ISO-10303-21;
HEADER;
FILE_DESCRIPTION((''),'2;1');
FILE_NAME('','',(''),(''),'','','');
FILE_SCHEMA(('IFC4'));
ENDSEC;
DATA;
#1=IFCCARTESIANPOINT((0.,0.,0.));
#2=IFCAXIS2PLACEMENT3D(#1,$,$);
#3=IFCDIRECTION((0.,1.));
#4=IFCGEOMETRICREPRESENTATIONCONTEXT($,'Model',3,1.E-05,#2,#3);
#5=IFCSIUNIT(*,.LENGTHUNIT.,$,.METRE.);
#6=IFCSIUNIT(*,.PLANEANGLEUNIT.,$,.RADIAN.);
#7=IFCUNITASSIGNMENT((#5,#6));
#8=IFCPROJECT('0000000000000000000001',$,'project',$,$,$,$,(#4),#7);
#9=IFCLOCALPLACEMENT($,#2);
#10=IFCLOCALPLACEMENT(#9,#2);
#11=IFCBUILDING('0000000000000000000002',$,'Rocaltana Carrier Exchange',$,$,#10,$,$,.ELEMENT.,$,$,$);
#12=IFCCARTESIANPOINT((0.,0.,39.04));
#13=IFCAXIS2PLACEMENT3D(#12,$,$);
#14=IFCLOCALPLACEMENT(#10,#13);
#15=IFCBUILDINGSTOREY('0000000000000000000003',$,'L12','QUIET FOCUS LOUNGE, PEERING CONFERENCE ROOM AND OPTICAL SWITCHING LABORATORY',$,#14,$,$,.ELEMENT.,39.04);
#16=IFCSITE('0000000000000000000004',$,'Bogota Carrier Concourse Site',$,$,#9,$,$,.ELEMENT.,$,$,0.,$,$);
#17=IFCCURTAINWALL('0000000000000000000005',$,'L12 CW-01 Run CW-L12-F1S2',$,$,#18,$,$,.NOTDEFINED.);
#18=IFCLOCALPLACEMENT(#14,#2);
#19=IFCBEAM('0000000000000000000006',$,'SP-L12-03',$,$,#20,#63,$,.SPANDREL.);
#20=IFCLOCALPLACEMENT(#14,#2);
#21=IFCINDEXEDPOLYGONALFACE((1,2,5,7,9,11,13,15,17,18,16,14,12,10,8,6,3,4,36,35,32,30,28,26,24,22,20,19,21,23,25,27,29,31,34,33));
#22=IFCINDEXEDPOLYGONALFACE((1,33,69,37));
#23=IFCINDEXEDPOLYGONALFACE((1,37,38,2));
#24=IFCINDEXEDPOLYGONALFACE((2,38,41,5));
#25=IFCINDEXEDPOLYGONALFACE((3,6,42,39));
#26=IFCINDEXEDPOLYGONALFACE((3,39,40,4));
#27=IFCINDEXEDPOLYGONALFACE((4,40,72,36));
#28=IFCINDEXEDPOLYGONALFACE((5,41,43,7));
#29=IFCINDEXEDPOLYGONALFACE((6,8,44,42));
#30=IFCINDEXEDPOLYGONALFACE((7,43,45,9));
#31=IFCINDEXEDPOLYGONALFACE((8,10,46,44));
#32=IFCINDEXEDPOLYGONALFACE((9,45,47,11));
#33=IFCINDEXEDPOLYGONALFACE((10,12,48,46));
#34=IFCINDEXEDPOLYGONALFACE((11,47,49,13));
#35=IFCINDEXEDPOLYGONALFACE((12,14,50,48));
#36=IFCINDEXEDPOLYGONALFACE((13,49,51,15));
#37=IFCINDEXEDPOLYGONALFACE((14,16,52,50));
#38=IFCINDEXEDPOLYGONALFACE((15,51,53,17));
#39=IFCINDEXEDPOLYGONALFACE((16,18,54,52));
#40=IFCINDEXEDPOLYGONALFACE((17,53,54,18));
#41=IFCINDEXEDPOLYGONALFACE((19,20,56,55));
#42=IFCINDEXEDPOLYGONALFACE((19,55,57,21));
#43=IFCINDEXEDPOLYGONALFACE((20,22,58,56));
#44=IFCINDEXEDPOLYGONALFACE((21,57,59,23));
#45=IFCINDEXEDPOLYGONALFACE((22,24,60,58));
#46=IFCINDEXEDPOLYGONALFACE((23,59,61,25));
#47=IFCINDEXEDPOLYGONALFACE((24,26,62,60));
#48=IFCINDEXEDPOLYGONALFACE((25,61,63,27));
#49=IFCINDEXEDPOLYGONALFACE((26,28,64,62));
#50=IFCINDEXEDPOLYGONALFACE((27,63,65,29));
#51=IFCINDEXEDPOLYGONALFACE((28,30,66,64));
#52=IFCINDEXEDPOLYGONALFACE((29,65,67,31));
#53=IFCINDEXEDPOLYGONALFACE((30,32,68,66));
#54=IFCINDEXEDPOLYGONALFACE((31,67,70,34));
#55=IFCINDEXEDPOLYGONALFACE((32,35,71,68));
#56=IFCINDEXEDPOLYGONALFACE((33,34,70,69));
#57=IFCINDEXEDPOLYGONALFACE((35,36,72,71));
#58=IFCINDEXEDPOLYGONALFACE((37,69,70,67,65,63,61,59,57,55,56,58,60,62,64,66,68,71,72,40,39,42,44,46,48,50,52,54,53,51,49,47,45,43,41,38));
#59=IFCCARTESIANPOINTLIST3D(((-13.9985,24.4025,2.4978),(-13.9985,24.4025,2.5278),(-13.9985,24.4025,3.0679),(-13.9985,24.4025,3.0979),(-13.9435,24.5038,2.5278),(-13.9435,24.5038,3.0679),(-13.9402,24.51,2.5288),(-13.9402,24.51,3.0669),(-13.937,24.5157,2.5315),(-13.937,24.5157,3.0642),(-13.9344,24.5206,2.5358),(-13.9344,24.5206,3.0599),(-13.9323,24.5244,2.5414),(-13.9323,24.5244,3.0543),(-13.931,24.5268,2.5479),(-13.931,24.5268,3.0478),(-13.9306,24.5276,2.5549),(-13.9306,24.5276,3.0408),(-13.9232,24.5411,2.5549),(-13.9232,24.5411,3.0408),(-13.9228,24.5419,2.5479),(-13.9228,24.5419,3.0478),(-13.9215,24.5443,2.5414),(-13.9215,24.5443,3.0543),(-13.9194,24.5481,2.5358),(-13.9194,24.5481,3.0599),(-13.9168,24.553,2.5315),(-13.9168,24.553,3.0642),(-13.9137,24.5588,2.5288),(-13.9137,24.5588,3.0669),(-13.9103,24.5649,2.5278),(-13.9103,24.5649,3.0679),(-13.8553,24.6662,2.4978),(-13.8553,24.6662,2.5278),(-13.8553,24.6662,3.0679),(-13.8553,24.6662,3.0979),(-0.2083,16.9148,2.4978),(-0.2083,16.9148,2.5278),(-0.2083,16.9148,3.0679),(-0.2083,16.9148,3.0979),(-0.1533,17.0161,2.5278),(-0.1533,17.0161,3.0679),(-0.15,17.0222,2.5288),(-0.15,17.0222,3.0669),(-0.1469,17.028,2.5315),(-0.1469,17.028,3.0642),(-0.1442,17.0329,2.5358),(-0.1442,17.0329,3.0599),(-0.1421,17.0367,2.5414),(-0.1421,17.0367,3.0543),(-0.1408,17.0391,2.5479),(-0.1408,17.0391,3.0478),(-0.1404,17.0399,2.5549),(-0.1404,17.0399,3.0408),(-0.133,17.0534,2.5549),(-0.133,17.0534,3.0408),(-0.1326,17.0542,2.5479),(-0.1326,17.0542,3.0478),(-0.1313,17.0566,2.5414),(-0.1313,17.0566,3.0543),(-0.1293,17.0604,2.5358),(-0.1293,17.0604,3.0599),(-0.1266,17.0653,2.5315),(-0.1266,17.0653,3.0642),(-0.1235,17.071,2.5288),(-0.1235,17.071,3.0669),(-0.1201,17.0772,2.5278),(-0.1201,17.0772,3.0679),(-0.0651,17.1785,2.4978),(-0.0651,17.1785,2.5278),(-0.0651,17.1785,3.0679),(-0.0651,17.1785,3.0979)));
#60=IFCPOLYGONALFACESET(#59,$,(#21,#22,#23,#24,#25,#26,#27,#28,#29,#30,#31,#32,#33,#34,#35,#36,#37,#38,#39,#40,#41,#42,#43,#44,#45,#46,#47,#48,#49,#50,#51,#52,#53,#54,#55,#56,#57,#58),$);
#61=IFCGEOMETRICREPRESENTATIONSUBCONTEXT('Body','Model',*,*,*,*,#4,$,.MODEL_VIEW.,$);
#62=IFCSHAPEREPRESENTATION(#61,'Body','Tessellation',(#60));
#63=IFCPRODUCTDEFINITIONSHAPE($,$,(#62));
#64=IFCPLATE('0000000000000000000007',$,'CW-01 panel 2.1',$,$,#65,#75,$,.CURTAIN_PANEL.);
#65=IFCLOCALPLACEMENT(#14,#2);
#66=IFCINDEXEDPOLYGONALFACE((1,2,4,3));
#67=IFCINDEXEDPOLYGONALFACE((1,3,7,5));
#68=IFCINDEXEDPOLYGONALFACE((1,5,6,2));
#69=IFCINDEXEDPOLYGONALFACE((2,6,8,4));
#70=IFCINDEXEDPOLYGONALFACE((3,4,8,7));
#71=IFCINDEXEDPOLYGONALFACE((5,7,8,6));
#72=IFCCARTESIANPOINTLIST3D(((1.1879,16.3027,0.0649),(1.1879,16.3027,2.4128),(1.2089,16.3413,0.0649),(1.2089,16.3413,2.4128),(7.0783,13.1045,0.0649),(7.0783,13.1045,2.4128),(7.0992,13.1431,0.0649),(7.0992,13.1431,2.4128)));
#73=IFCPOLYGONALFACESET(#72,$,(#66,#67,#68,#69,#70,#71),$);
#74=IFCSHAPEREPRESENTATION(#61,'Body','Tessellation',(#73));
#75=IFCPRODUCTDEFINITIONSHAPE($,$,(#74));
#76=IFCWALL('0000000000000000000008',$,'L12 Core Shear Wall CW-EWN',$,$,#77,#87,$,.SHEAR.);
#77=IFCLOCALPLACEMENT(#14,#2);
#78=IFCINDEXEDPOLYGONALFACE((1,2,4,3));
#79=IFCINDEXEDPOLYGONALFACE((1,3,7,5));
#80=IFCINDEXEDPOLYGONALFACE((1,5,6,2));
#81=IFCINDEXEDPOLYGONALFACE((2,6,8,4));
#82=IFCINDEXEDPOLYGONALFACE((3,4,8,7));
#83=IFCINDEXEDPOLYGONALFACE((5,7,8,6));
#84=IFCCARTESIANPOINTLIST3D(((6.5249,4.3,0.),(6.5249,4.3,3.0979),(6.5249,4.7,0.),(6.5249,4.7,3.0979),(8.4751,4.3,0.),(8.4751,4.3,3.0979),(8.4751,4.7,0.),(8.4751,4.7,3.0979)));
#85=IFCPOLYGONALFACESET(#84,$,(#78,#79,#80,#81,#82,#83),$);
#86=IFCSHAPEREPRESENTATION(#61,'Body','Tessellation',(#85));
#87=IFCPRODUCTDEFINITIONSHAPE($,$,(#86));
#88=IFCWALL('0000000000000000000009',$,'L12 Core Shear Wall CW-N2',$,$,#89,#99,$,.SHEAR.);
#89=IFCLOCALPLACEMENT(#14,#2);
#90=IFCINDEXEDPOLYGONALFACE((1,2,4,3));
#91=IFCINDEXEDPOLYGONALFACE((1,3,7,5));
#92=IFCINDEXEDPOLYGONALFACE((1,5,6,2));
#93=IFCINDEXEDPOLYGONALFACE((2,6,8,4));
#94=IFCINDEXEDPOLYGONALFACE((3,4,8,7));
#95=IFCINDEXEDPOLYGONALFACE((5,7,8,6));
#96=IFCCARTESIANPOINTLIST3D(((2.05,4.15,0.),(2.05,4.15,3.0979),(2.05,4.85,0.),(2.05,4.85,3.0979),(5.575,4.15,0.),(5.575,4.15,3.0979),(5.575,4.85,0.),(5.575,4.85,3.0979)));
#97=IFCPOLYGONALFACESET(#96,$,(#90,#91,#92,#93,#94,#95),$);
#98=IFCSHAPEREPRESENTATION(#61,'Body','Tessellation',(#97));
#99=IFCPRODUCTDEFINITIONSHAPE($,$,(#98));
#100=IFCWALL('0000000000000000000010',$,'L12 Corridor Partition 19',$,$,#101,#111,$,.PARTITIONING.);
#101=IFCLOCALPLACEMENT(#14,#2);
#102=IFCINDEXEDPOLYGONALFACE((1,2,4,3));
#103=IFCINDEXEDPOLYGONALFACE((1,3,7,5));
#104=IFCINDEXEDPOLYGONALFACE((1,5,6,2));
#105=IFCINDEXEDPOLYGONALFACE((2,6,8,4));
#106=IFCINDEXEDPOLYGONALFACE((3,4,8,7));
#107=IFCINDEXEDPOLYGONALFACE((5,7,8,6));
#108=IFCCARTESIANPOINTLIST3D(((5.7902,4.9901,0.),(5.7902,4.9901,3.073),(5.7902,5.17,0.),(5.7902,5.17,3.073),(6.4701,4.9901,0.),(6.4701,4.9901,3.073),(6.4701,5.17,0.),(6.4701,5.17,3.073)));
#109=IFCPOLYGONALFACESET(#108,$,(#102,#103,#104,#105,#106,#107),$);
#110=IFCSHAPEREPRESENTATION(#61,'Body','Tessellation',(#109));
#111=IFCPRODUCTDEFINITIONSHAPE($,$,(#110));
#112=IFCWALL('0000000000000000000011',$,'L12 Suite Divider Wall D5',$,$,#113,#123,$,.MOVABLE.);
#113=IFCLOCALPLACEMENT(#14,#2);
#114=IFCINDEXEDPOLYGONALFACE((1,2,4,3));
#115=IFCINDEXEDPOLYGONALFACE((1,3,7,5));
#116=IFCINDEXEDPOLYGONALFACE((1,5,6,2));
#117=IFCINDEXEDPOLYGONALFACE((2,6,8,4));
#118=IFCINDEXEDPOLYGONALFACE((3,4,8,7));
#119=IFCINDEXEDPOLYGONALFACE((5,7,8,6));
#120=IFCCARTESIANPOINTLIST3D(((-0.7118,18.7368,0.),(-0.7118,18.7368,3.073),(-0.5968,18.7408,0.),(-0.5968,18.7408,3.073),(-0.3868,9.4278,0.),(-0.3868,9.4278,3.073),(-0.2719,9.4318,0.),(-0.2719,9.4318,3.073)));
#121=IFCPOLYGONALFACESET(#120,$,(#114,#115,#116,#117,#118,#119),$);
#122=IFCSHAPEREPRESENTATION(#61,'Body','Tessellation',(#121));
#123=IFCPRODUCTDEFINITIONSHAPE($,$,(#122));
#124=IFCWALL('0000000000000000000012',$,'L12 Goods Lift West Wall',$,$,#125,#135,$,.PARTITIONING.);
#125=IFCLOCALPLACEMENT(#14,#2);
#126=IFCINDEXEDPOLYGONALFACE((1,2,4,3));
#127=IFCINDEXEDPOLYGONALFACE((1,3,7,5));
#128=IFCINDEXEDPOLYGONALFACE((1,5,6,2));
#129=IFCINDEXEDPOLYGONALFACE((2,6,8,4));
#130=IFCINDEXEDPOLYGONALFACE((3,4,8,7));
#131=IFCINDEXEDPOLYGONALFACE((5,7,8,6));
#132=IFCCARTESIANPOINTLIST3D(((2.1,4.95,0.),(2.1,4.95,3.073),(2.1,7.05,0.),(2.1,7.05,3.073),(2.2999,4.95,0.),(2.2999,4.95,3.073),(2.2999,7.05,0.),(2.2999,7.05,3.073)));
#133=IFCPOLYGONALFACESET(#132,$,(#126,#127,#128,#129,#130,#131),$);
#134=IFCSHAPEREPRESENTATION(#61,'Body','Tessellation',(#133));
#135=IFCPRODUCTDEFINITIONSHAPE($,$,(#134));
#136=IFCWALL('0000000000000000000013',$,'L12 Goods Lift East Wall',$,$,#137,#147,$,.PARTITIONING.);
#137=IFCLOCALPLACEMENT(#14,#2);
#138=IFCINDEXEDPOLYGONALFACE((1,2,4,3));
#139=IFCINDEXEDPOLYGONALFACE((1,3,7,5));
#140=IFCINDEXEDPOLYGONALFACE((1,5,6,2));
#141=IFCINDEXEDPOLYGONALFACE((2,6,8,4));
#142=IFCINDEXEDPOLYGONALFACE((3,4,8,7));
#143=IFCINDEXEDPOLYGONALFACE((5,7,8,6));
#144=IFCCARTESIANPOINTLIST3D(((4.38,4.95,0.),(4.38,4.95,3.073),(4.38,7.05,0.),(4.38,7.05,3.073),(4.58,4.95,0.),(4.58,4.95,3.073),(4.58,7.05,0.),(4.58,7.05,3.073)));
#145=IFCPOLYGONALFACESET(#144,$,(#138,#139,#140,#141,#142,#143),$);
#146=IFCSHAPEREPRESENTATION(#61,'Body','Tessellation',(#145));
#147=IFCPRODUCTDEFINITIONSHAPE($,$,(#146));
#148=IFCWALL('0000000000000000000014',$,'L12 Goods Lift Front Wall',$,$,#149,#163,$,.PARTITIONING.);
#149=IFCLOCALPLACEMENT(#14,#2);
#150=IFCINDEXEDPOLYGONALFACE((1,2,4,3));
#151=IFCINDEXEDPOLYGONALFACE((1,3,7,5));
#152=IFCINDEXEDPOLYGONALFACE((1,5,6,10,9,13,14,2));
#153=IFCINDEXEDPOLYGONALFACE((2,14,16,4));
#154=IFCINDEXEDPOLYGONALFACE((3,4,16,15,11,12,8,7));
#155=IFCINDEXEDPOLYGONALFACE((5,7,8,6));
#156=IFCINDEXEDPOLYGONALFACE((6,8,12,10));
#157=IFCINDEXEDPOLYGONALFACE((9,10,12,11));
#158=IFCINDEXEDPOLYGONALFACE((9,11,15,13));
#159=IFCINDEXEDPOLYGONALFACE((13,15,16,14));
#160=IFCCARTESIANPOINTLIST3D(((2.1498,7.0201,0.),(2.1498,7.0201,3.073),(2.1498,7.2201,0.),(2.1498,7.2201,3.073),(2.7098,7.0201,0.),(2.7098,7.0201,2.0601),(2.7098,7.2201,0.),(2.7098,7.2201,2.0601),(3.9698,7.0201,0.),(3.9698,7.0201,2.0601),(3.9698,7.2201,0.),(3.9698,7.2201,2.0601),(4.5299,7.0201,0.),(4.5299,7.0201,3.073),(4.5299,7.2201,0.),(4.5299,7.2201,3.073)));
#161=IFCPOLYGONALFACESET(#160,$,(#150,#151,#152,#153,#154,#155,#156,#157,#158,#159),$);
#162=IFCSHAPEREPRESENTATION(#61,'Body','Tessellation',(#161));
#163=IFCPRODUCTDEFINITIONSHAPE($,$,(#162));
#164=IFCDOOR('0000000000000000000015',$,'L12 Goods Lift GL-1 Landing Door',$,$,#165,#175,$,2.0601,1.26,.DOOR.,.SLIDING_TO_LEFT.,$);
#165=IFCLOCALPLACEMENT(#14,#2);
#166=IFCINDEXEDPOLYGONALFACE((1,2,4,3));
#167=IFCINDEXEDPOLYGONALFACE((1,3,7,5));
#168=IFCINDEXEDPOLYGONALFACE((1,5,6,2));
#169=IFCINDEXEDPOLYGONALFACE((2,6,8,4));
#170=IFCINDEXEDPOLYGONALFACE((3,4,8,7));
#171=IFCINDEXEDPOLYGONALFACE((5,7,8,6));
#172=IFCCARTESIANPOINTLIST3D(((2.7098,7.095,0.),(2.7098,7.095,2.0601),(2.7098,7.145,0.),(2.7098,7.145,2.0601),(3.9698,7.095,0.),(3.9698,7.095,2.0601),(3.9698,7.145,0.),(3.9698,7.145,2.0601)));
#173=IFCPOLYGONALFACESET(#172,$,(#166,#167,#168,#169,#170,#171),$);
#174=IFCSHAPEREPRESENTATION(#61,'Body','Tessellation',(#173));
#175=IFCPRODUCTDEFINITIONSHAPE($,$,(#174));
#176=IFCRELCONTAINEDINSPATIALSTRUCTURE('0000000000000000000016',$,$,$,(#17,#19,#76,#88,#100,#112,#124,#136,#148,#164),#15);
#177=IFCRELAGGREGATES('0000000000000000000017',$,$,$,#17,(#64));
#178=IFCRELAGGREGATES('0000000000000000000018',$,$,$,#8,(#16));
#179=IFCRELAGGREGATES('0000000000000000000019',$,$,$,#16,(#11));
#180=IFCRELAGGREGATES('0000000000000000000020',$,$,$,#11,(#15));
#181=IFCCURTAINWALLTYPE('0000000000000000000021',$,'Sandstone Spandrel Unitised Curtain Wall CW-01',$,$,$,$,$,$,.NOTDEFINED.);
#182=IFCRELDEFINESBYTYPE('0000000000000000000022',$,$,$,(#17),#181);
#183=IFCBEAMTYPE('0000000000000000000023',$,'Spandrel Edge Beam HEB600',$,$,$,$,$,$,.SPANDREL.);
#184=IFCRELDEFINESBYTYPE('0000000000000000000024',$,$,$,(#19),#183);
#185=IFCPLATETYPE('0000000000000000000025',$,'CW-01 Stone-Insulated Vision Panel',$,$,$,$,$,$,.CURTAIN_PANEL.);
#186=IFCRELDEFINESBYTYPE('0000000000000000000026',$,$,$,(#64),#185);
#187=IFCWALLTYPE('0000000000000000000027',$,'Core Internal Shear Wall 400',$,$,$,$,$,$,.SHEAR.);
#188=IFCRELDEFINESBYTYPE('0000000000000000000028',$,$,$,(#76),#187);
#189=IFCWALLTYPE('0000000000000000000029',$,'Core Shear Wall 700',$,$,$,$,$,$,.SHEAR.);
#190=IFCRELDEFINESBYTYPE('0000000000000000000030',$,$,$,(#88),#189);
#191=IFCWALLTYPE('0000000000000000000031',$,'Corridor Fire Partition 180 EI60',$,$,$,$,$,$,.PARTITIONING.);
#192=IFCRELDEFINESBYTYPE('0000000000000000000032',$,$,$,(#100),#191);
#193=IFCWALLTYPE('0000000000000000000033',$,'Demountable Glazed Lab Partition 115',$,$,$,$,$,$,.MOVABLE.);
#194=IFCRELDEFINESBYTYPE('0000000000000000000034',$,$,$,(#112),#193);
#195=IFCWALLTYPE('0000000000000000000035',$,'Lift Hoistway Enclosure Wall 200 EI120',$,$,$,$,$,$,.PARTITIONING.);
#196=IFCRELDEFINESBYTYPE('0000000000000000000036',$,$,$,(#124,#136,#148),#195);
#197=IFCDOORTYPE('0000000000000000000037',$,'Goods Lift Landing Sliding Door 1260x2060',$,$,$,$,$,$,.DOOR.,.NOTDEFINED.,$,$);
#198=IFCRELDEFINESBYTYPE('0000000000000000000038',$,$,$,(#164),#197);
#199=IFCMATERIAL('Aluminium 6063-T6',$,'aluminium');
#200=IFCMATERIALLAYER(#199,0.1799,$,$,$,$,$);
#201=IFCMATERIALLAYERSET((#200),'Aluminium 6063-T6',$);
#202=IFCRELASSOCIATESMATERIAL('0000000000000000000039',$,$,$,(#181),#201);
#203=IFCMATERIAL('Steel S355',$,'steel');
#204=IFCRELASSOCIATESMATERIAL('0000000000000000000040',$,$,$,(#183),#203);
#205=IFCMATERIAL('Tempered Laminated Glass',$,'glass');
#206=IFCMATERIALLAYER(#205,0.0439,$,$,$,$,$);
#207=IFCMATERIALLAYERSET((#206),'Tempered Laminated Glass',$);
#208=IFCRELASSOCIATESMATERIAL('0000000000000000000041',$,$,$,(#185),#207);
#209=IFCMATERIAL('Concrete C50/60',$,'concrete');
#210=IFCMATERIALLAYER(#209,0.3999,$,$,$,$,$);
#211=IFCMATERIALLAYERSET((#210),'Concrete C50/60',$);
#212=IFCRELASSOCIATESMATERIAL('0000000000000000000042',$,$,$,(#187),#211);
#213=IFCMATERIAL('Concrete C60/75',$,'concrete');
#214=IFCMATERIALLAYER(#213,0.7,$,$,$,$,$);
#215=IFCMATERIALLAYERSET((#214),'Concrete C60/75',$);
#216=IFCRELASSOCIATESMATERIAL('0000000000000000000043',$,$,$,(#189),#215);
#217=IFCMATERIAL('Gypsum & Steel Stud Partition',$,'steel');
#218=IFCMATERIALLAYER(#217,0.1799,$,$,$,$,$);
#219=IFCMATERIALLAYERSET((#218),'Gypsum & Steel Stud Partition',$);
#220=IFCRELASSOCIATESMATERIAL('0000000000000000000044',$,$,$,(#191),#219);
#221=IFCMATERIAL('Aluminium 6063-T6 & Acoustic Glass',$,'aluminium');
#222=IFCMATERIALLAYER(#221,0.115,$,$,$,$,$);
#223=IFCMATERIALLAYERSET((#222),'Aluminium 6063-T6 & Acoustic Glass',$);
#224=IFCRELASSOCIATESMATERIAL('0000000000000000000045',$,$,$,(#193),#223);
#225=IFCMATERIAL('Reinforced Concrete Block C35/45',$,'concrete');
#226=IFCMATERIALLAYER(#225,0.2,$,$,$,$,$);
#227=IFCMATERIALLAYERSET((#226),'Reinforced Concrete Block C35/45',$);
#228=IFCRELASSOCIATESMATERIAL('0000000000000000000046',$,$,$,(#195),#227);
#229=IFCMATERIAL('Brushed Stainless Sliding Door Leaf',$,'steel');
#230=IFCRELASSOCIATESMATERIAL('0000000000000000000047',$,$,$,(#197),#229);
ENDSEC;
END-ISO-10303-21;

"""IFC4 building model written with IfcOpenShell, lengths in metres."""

from ifc_helpers import new_model, si_unit, direction, frame, frame_2d, origin, origin_2d, place, context, subcontext, project, spatial, rectangle, i_section, extrude, material, layer, layer_set, material_profile, profile_set, type_object, element, fill, aggregate, save


model = new_model("IFC4")

# Units and contexts
model_context = context("Model", 3, precision=1e-05, world=origin(), true_north=direction((0.0, 1.0)))
body_context = subcontext(model_context, "Body", "Model", "MODEL_VIEW")
ifc_project = project(units=[si_unit("LENGTHUNIT", "METRE"), si_unit("PLANEANGLEUNIT", "RADIAN")], contexts=[model_context])

# Site, building, storey
site_placement = place(None, origin())
site = spatial("IfcSite", under=ifc_project, at=site_placement, Name="Bogota Carrier Concourse Site", CompositionType="ELEMENT", RefElevation=0.0)
building_placement = place(site_placement, origin())
building = spatial("IfcBuilding", under=site, at=building_placement, Name="Rocaltana Carrier Exchange", CompositionType="ELEMENT")
storey_placement = place(building_placement, frame((0.0, 0.0, 39.04)))
storey = spatial("IfcBuildingStorey", under=building, at=storey_placement, Name="L12", Description="QUIET FOCUS LOUNGE, PEERING CONFERENCE ROOM AND OPTICAL SWITCHING LABORATORY", CompositionType="ELEMENT", Elevation=39.04)

# Curtain wall
ifc_material_1 = material(Name="Aluminium 6063-T6", Category="aluminium")
ifc_layer_1 = layer(ifc_material_1, 0.1799)
ifc_layer_set_1 = layer_set([ifc_layer_1], Name="Aluminium 6063-T6")
curtain_wall_type = type_object("IfcCurtainWallType", Name="Sandstone Spandrel Unitised Curtain Wall CW-01", PredefinedType="NOTDEFINED", material=ifc_layer_set_1)
curtain_wall_placement = place(storey_placement, origin())
curtain_wall = element("IfcCurtainWall", 1, at=curtain_wall_placement, inside=storey, type_object=curtain_wall_type, Name="L12 CW-01 Run CW-L12-F1S2", PredefinedType="NOTDEFINED")

# Beam
ifc_material_2 = material(Name="Steel S355", Category="steel")
ifc_material_profile_1 = material_profile(ifc_material_2, i_section(OverallWidth=0.3, OverallDepth=0.6001, WebThickness=0.0154, FlangeThickness=0.03, FilletRadius=0.0271, at=origin_2d()), Name="HEB600")
ifc_profile_set_1 = profile_set([ifc_material_profile_1], Name="Steel S355")
beam_type_1 = type_object("IfcBeamType", Name="Spandrel Edge Beam HEB600", PredefinedType="SPANDREL", material=ifc_profile_set_1)
beam_1_placement = place(storey_placement, frame((-0.1367, 17.0466, 2.7979), z_axis=(-0.87881, 0.477173, 0.0), x_axis=(-0.477173, -0.87881, 0.0)))
element("IfcBeam", 2, at=beam_1_placement, inside=storey, type_object=beam_type_1, Name="SP-L12-03", PredefinedType="SPANDREL", context=body_context, shape_type="SweptSolid", body=[
    extrude(i_section(OverallWidth=0.3, OverallDepth=0.6001, WebThickness=0.0154, FlangeThickness=0.03, FilletRadius=0.0271, at=origin_2d()), origin(), (0.0, 0.0, 1.0), 15.6919),
])

# Plate
ifc_material_3 = material(Name="Tempered Laminated Glass", Category="glass")
ifc_layer_2 = layer(ifc_material_3, 0.0439)
ifc_layer_set_2 = layer_set([ifc_layer_2], Name="Tempered Laminated Glass")
plate_type = type_object("IfcPlateType", Name="CW-01 Stone-Insulated Vision Panel", PredefinedType="CURTAIN_PANEL", material=ifc_layer_set_2)
plate_placement = place(storey_placement, frame((4.1436, 14.7229, 0.0649), z_axis=(0.0, 0.0, 1.0), x_axis=(-0.878814, 0.477164, 0.0)))
plate = element("IfcPlate", 3, at=plate_placement, type_object=plate_type, Name="CW-01 panel 2.1", PredefinedType="CURTAIN_PANEL", context=body_context, shape_type="SweptSolid", body=[
    extrude(rectangle(XDim=6.7026, YDim=0.0439, at=origin_2d()), origin(), (0.0, 0.0, 1.0), 2.3479),
])
aggregate(curtain_wall, [plate])

# Walls
ifc_material_4 = material(Name="Concrete C50/60", Category="concrete")
ifc_layer_3 = layer(ifc_material_4, 0.3999)
ifc_layer_set_3 = layer_set([ifc_layer_3], Name="Concrete C50/60")
wall_type_1 = type_object("IfcWallType", Name="Core Internal Shear Wall 400", PredefinedType="SHEAR", material=ifc_layer_set_3)
wall_1_placement = place(storey_placement, frame((6.5249, 4.5, 0.0), z_axis=(0.0, 0.0, 1.0), x_axis=(1.0, 0.0, 0.0)))
element("IfcWall", 4, at=wall_1_placement, inside=storey, type_object=wall_type_1, Name="L12 Core Shear Wall CW-EWN", PredefinedType="SHEAR", context=body_context, shape_type="SweptSolid", body=[
    extrude(rectangle(XDim=1.9502, YDim=0.3999, at=frame_2d((0.9751, 0.0))), origin(), (0.0, 0.0, 1.0), 3.0979),
])
ifc_material_5 = material(Name="Concrete C60/75", Category="concrete")
ifc_layer_4 = layer(ifc_material_5, 0.7)
ifc_layer_set_4 = layer_set([ifc_layer_4], Name="Concrete C60/75")
wall_type_2 = type_object("IfcWallType", Name="Core Shear Wall 700", PredefinedType="SHEAR", material=ifc_layer_set_4)
wall_2_placement = place(storey_placement, frame((2.05, 4.5, 0.0), z_axis=(0.0, 0.0, 1.0), x_axis=(1.0, 0.0, 0.0)))
element("IfcWall", 5, at=wall_2_placement, inside=storey, type_object=wall_type_2, Name="L12 Core Shear Wall CW-N2", PredefinedType="SHEAR", context=body_context, shape_type="SweptSolid", body=[
    extrude(rectangle(XDim=3.5249, YDim=0.7, at=frame_2d((1.7625, 0.0))), origin(), (0.0, 0.0, 1.0), 3.0979),
])
ifc_material_6 = material(Name="Gypsum & Steel Stud Partition", Category="steel")
ifc_layer_5 = layer(ifc_material_6, 0.1799)
ifc_layer_set_5 = layer_set([ifc_layer_5], Name="Gypsum & Steel Stud Partition")
wall_type_3 = type_object("IfcWallType", Name="Corridor Fire Partition 180 EI60", PredefinedType="PARTITIONING", material=ifc_layer_set_5)
wall_3_placement = place(storey_placement, frame((6.47, 5.0801, 0.0), z_axis=(0.0, 0.0, 1.0), x_axis=(-1.0, 0.0, 0.0)))
element("IfcWall", 6, at=wall_3_placement, inside=storey, type_object=wall_type_3, Name="L12 Corridor Partition 19", PredefinedType="PARTITIONING", context=body_context, shape_type="SweptSolid", body=[
    extrude(rectangle(XDim=0.6799, YDim=0.1799, at=frame_2d((0.3398, 0.0))), origin(), (0.0, 0.0, 1.0), 3.073),
])
ifc_material_7 = material(Name="Aluminium 6063-T6 & Acoustic Glass", Category="aluminium")
ifc_layer_6 = layer(ifc_material_7, 0.115)
ifc_layer_set_6 = layer_set([ifc_layer_6], Name="Aluminium 6063-T6 & Acoustic Glass")
wall_type_4 = type_object("IfcWallType", Name="Demountable Glazed Lab Partition 115", PredefinedType="MOVABLE", material=ifc_layer_set_6)
wall_4_placement = place(storey_placement, frame((-0.3293, 9.4299, 0.0), z_axis=(0.0, 0.0, 1.0), x_axis=(-0.034886, 0.999391, 0.0)))
element("IfcWall", 7, at=wall_4_placement, inside=storey, type_object=wall_type_4, Name="L12 Suite Divider Wall D5", PredefinedType="MOVABLE", context=body_context, shape_type="SweptSolid", body=[
    extrude(rectangle(XDim=9.3147, YDim=0.115, at=frame_2d((4.6572, 0.0))), origin(), (0.0, 0.0, 1.0), 3.073),
])
ifc_material_8 = material(Name="Reinforced Concrete Block C35/45", Category="concrete")
ifc_layer_7 = layer(ifc_material_8, 0.2)
ifc_layer_set_7 = layer_set([ifc_layer_7], Name="Reinforced Concrete Block C35/45")
wall_type_5 = type_object("IfcWallType", Name="Lift Hoistway Enclosure Wall 200 EI120", PredefinedType="PARTITIONING", material=ifc_layer_set_7)
for number, where, z_axis, x_axis, name in (
    (8, (2.2, 4.95, 0.0), (0.0, 0.0, 1.0), (0.0, 1.0, 0.0), "L12 Goods Lift West Wall"),
    (9, (4.48, 4.95, 0.0), (0.0, 0.0, 1.0), (0.0, 1.0, 0.0), "L12 Goods Lift East Wall"),
):
    element("IfcWall", number, at=place(storey_placement, frame(where, z_axis=z_axis, x_axis=x_axis)), inside=storey, type_object=wall_type_5, Name=name, PredefinedType="PARTITIONING", context=body_context, shape_type="SweptSolid", body=[
        extrude(rectangle(XDim=2.1001, YDim=0.2, at=frame_2d((1.05, 0.0))), origin(), (0.0, 0.0, 1.0), 3.073),
    ])

# Wall, opening, door
wall_5_placement = place(storey_placement, frame((2.1499, 7.1201, 0.0), z_axis=(0.0, 0.0, 1.0), x_axis=(1.0, 0.0, 0.0)))
wall_5 = element("IfcWall", 10, at=wall_5_placement, inside=storey, type_object=wall_type_5, Name="L12 Goods Lift Front Wall", PredefinedType="PARTITIONING", context=body_context, shape_type="SweptSolid", body=[
    extrude(rectangle(XDim=2.3801, YDim=0.2, at=frame_2d((1.1899, 0.0))), origin(), (0.0, 0.0, 1.0), 3.073),
])
opening_1_placement = place(wall_5_placement, frame((0.5601, 0.0, 0.0)))
opening_1 = element("IfcOpeningElement", 11, at=opening_1_placement, cuts=wall_5, PredefinedType="OPENING", context=body_context, shape_type="SweptSolid", body=[
    extrude(rectangle(XDim=1.26, YDim=2.0601, at=frame_2d((0.6299, 1.03))), frame((0.0, 0.1099, 0.0), z_axis=(0.0, -1.0, 0.0), x_axis=(1.0, 0.0, 0.0)), (0.0, 0.0, 1.0), 0.22),
])
ifc_material_9 = material(Name="Brushed Stainless Sliding Door Leaf", Category="steel")
door_type_1 = type_object("IfcDoorType", Name="Goods Lift Landing Sliding Door 1260x2060", OperationType="NOTDEFINED", PredefinedType="DOOR", material=ifc_material_9)
door_1_placement = place(opening_1_placement, origin())
door_1 = element("IfcDoor", 12, at=door_1_placement, inside=storey, type_object=door_type_1, Name="L12 Goods Lift GL-1 Landing Door", OperationType="SLIDING_TO_LEFT", OverallHeight=2.0601, OverallWidth=1.26, PredefinedType="DOOR", context=body_context, shape_type="SweptSolid", body=[
    extrude(rectangle(XDim=1.26, YDim=2.0601, at=frame_2d((0.6299, 1.03))), frame((0.0, 0.0249, 0.0), z_axis=(0.0, -1.0, 0.0), x_axis=(1.0, 0.0, 0.0)), (0.0, 0.0, 1.0), 0.05),
])
fill(opening_1, door_1)

save(model, "model.ifc")
